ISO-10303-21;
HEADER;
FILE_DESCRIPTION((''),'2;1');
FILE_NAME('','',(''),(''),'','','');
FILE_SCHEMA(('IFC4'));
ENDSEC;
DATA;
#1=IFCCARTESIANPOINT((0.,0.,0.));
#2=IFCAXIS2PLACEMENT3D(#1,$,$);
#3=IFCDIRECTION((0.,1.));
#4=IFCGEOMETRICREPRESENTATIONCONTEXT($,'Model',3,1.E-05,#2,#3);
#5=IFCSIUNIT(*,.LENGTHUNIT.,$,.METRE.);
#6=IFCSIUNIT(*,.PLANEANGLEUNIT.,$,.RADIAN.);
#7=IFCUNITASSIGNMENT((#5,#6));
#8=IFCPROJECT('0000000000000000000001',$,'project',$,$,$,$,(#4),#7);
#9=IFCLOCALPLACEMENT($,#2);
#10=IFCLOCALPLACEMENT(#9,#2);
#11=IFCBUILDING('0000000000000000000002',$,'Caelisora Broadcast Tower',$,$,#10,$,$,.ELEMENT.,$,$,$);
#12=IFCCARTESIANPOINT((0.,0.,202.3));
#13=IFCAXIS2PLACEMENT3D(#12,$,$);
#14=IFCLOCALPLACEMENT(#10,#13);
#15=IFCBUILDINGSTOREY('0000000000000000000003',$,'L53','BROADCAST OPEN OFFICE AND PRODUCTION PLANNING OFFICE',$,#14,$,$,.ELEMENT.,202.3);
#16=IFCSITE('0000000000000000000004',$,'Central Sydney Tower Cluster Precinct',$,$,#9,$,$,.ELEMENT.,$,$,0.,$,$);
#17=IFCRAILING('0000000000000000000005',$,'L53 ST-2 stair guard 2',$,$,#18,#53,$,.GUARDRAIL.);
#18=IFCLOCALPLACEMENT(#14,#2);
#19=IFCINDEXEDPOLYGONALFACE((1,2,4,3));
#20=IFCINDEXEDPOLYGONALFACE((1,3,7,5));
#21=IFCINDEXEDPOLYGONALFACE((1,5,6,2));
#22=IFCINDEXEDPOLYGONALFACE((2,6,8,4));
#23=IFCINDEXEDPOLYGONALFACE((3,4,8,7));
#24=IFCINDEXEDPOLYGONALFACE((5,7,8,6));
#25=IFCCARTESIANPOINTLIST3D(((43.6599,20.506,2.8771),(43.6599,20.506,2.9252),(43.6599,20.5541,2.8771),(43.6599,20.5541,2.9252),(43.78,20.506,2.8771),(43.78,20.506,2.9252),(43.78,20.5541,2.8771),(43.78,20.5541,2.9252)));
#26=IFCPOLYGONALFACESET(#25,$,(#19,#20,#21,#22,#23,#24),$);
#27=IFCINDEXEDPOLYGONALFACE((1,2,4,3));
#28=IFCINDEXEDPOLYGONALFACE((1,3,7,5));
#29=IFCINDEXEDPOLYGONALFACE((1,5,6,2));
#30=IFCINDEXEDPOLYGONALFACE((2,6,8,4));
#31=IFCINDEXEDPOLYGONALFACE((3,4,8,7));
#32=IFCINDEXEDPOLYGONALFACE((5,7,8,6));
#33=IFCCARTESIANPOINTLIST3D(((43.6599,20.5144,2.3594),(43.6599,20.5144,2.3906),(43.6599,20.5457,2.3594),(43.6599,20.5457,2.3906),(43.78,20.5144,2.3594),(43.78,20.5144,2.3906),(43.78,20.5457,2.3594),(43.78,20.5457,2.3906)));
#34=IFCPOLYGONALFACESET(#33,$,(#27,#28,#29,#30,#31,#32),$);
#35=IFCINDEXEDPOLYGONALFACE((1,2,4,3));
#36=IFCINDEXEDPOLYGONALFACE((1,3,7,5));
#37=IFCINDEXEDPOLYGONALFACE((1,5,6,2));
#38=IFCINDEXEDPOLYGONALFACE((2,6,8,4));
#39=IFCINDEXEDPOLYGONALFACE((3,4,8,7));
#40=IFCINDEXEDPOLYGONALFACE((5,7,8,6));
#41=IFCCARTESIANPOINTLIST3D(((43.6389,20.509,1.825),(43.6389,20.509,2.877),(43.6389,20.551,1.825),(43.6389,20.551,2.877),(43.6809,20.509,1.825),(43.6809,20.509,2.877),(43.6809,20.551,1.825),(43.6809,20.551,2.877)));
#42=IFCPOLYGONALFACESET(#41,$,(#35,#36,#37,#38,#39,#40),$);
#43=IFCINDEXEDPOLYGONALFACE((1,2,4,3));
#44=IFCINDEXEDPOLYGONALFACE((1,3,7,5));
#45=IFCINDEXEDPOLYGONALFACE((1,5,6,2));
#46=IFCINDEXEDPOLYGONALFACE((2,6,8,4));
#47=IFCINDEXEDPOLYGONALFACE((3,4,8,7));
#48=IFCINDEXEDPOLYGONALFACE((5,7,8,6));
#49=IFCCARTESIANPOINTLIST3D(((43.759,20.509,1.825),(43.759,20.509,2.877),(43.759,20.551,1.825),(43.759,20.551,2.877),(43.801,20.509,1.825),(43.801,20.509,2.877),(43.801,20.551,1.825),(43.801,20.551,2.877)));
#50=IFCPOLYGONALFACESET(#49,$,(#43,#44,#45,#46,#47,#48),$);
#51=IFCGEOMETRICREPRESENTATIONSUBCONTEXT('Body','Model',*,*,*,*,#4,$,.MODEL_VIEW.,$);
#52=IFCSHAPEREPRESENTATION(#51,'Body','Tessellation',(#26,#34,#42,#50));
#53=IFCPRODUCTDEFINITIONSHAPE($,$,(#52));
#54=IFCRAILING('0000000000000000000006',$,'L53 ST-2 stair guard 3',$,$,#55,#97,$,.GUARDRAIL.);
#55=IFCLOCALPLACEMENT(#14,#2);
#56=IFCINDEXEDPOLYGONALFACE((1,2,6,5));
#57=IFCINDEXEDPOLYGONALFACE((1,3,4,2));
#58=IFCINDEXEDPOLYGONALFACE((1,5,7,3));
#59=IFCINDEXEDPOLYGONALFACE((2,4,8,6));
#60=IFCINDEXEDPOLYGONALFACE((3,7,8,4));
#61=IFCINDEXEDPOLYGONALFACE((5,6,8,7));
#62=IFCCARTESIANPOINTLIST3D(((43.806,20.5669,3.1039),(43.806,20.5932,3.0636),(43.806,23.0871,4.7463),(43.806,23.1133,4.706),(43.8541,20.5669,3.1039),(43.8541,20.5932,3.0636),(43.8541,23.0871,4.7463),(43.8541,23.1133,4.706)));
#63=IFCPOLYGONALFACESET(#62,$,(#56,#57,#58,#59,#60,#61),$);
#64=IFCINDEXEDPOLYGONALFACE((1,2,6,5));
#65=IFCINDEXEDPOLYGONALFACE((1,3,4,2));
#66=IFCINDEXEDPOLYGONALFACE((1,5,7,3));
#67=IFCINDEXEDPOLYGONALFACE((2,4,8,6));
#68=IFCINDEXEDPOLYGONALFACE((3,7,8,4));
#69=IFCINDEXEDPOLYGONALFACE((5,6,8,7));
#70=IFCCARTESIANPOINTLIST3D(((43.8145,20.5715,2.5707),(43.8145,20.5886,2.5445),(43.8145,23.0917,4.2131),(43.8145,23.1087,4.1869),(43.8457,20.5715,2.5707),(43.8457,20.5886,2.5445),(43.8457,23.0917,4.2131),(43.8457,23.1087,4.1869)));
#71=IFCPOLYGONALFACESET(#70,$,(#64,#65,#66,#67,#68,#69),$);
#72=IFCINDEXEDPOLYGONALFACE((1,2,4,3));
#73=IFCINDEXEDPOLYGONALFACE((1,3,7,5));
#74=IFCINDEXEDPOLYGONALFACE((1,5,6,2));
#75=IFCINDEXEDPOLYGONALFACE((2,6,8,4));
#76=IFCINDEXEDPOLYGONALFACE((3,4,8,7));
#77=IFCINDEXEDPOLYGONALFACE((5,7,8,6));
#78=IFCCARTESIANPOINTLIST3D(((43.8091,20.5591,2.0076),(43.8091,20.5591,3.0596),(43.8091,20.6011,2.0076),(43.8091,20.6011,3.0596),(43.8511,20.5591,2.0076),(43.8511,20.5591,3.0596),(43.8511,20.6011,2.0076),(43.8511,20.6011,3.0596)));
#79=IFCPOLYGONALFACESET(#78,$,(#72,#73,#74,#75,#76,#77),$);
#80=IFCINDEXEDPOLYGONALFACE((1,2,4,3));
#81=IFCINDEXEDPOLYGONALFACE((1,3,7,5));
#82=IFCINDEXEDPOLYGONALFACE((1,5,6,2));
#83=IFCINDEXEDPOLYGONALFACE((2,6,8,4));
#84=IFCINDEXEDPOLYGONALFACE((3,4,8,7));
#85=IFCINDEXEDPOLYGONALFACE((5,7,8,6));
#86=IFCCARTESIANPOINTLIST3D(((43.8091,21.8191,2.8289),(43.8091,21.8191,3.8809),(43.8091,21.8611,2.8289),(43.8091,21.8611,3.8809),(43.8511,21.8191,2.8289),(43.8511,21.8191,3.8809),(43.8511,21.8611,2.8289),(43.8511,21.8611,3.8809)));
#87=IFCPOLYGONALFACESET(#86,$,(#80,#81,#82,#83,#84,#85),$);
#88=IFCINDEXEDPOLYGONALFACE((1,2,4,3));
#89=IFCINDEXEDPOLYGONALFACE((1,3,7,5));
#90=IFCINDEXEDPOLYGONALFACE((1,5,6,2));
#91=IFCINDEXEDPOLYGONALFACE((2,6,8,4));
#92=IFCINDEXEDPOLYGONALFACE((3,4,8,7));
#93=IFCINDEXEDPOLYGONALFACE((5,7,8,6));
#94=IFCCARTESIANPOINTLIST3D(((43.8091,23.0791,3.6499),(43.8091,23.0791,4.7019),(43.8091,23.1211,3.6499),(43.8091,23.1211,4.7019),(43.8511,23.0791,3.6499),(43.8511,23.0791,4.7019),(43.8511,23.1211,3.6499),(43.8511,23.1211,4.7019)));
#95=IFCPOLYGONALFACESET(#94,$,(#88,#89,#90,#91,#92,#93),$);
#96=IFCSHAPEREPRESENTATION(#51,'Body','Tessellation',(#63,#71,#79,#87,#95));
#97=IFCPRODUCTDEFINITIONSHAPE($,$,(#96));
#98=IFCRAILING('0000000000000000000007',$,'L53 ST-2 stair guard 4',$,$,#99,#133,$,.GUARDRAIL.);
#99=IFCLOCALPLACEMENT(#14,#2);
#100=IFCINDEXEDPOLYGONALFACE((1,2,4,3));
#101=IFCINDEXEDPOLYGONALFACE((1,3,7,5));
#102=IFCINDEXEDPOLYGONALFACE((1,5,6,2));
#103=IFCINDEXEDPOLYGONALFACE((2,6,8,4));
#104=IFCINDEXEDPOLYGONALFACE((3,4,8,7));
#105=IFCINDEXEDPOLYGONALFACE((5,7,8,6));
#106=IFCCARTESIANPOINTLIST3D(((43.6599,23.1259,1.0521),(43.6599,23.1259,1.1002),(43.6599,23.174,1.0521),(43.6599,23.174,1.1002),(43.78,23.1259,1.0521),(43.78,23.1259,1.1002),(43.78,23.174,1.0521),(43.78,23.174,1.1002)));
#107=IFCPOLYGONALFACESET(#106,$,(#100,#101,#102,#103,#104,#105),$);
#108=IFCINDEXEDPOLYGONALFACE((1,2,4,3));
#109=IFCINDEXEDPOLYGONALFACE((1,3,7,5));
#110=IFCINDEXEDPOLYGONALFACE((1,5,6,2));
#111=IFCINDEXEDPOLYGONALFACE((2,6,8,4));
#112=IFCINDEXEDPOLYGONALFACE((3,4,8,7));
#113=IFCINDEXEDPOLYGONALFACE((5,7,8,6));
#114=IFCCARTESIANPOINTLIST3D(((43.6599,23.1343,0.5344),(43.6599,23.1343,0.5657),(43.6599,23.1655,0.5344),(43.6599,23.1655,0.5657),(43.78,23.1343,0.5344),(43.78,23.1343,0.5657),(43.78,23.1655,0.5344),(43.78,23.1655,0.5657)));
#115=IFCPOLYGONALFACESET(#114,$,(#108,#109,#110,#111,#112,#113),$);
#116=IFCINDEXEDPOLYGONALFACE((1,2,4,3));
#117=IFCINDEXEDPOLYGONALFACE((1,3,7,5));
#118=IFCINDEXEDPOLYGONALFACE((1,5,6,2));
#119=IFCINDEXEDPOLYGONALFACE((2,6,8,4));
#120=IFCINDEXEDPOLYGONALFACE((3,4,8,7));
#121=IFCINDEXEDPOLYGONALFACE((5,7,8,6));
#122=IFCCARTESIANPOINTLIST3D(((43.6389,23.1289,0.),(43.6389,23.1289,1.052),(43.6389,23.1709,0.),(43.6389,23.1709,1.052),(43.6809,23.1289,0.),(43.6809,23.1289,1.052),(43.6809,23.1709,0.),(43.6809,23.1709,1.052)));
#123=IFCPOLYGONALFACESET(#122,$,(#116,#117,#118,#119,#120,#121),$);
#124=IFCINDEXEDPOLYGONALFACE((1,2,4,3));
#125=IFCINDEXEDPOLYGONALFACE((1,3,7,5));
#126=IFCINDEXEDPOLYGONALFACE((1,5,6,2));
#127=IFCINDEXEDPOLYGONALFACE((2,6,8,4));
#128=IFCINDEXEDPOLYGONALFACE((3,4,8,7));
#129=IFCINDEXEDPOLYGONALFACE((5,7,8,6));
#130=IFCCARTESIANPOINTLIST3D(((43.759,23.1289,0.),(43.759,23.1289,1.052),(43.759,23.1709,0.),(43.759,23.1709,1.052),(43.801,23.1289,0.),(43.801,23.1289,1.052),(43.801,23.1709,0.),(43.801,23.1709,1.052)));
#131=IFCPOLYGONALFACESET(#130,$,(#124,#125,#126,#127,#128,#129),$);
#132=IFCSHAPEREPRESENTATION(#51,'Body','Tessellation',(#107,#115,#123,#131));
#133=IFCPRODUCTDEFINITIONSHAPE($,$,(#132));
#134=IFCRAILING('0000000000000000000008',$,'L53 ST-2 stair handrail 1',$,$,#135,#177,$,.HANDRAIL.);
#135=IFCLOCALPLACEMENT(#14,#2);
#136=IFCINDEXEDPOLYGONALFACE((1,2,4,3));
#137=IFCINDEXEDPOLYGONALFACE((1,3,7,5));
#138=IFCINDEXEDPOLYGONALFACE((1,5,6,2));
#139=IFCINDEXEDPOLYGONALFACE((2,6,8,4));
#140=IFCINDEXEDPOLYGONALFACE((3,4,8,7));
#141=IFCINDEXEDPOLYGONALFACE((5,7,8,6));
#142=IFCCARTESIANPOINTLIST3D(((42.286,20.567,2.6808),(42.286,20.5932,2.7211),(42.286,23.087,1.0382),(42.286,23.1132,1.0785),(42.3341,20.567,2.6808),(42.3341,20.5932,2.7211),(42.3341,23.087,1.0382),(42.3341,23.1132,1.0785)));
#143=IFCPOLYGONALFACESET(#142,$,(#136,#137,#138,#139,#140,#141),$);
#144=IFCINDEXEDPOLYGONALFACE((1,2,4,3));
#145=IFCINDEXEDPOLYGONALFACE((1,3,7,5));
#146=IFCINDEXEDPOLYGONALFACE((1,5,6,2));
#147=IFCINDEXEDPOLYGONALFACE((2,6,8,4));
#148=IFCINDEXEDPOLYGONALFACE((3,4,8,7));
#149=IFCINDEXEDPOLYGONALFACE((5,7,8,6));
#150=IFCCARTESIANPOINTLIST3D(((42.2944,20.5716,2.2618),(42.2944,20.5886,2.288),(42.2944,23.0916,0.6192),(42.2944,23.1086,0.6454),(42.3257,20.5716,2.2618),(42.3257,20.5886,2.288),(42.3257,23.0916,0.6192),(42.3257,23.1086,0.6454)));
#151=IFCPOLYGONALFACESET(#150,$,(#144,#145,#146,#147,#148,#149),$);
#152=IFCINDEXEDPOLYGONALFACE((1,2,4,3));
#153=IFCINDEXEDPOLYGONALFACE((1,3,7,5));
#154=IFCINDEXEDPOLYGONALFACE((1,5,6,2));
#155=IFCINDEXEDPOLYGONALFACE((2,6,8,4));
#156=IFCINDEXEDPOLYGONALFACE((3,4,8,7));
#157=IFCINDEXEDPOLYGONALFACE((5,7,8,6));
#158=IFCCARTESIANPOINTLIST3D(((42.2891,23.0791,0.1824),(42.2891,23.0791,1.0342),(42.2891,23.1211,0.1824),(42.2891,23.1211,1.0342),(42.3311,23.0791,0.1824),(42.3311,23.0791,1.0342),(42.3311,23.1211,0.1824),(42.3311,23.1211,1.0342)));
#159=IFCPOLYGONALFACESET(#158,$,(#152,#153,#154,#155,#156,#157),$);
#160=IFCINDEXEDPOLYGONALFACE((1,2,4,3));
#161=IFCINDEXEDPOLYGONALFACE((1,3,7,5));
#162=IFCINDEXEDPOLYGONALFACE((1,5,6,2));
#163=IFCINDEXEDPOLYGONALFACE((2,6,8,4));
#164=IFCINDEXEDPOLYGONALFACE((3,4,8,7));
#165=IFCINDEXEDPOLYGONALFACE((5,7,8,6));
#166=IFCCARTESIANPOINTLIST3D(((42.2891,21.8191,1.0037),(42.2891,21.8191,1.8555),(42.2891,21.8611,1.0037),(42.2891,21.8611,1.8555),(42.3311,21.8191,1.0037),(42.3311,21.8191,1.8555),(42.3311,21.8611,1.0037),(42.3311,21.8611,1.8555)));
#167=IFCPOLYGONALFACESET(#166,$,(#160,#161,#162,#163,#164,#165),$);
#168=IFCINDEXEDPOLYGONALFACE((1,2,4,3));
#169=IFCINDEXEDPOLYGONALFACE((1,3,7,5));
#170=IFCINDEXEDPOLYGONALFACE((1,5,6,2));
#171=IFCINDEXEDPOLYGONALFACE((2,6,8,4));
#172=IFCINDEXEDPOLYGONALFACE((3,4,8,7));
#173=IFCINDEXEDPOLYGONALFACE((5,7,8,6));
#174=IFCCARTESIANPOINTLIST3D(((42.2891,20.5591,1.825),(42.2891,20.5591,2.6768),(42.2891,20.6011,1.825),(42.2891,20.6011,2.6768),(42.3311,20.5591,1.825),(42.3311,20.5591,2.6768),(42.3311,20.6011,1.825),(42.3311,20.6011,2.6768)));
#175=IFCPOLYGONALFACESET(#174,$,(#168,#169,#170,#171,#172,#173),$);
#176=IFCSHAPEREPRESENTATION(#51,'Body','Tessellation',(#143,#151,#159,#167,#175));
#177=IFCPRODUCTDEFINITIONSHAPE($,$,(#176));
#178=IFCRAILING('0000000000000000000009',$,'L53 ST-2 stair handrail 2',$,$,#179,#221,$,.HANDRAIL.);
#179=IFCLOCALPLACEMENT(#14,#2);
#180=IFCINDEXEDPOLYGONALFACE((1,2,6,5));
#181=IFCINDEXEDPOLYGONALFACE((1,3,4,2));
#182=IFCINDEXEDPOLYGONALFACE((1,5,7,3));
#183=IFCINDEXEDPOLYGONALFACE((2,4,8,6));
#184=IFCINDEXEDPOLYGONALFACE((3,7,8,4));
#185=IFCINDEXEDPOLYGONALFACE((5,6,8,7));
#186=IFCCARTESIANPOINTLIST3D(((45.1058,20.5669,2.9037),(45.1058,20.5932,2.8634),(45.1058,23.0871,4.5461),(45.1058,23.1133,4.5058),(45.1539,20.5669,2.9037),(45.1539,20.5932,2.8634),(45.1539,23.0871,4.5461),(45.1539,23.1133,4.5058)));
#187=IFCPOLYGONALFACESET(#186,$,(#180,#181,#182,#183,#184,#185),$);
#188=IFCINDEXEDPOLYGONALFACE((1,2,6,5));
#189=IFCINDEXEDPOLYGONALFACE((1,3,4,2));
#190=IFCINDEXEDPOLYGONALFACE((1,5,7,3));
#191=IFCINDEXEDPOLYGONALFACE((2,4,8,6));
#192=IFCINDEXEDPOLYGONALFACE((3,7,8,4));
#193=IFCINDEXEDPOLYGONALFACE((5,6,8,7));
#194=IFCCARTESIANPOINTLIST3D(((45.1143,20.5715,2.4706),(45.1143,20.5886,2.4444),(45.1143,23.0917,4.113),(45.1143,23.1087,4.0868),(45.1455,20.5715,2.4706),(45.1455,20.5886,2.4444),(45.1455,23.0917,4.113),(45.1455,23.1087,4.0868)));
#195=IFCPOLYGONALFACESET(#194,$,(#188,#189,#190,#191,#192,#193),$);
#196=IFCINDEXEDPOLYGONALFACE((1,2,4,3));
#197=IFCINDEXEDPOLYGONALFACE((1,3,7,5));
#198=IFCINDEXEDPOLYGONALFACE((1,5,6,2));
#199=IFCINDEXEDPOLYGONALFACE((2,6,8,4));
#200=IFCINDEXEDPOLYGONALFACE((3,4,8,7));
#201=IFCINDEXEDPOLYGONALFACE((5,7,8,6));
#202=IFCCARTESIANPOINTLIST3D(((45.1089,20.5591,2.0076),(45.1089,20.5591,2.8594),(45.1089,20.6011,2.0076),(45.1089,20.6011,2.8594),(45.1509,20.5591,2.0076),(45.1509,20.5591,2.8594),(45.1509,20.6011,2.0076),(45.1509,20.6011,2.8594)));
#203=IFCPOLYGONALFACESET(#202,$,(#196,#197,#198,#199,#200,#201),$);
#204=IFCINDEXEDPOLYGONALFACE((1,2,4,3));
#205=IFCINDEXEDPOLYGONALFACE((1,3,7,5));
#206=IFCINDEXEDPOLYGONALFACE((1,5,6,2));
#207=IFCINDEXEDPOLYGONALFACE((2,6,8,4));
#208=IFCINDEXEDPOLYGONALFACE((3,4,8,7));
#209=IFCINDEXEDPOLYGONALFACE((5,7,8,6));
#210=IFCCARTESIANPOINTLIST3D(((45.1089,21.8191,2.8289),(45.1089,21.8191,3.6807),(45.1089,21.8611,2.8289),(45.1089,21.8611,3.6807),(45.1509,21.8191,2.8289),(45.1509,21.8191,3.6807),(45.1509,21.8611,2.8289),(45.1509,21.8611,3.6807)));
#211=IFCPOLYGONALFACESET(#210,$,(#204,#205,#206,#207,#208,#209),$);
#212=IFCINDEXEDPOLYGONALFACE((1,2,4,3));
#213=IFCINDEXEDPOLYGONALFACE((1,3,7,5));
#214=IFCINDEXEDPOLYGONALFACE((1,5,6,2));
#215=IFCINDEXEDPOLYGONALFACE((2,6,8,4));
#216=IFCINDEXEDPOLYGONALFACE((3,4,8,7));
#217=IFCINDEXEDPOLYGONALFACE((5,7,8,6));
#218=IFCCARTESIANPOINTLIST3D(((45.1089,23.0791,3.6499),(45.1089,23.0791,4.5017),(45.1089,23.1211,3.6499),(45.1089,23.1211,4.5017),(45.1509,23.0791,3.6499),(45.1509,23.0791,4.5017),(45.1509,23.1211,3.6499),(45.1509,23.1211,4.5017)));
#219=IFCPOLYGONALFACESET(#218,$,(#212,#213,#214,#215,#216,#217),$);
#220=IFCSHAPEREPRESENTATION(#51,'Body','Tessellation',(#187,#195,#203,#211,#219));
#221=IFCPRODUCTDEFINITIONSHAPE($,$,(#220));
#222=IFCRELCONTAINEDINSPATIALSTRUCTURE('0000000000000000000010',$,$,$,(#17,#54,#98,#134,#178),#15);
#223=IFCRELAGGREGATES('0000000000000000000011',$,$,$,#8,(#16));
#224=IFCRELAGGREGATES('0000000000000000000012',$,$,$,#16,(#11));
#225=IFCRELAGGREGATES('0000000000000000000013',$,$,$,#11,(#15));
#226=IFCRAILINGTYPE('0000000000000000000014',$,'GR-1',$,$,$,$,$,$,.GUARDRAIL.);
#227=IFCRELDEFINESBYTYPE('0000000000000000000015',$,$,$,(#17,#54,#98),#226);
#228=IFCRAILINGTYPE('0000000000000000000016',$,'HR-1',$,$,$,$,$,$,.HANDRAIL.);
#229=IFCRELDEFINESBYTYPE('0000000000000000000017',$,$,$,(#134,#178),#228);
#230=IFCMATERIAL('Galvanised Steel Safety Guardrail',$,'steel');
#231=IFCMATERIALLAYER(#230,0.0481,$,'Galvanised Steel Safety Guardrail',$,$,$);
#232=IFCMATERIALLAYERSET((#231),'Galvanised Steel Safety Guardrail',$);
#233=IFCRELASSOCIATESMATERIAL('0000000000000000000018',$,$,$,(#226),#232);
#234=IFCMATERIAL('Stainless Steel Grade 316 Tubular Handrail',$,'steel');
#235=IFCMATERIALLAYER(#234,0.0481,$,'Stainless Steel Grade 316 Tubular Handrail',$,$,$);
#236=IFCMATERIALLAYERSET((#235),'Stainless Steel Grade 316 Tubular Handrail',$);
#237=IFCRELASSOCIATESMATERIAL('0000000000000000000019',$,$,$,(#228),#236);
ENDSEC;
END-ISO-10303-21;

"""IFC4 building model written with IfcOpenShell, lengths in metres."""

from ifc_helpers import new_model, si_unit, direction, frame, origin, origin_2d, place, context, subcontext, project, spatial, rectangle, extrude, material, layer, layer_set, type_object, element, save


model = new_model("IFC4")

# Units and contexts
model_context = context("Model", 3, precision=1e-05, world=origin(), true_north=direction((0.0, 1.0)))
body_context = subcontext(model_context, "Body", "Model", "MODEL_VIEW")
ifc_project = project(units=[si_unit("LENGTHUNIT", "METRE"), si_unit("PLANEANGLEUNIT", "RADIAN")], contexts=[model_context])

# Site, building, storey
site_placement = place(None, origin())
site = spatial("IfcSite", under=ifc_project, at=site_placement, Name="Central Sydney Tower Cluster Precinct", CompositionType="ELEMENT", RefElevation=0.0)
building_placement = place(site_placement, origin())
building = spatial("IfcBuilding", under=site, at=building_placement, Name="Caelisora Broadcast Tower", CompositionType="ELEMENT")
storey_placement = place(building_placement, frame((0.0, 0.0, 202.3)))
storey = spatial("IfcBuildingStorey", under=building, at=storey_placement, Name="L53", Description="BROADCAST OPEN OFFICE AND PRODUCTION PLANNING OFFICE", CompositionType="ELEMENT", Elevation=202.3)

# Railings
ifc_material_1 = material(Name="Galvanised Steel Safety Guardrail", Category="steel")
ifc_layer_1 = layer(ifc_material_1, 0.0481, Name="Galvanised Steel Safety Guardrail")
ifc_layer_set_1 = layer_set([ifc_layer_1], Name="Galvanised Steel Safety Guardrail")
railing_type_1 = type_object("IfcRailingType", Name="GR-1", PredefinedType="GUARDRAIL", material=ifc_layer_set_1)
railing_1_placement = place(storey_placement, frame((43.6599, 20.53, 1.825)))
element("IfcRailing", 1, at=railing_1_placement, inside=storey, type_object=railing_type_1, Name="L53 ST-2 stair guard 2", PredefinedType="GUARDRAIL", context=body_context, shape_type="SweptSolid", body=[
    extrude(rectangle(XDim=0.0481, YDim=0.0481, at=origin_2d()), frame((0.0, 0.0, 1.0762), z_axis=(1.0, 0.0, 0.0), x_axis=(0.0, 1.0, 0.0)), (0.0, 0.0, 1.0), 0.1201),
    extrude(rectangle(XDim=0.0312, YDim=0.0312, at=origin_2d()), frame((0.0, 0.0, 0.55), z_axis=(1.0, 0.0, 0.0), x_axis=(0.0, 1.0, 0.0)), (0.0, 0.0, 1.0), 0.1201),
    extrude(rectangle(XDim=0.042, YDim=0.042, at=origin_2d()), origin(), (0.0, 0.0, 1.0), 1.052),
    extrude(rectangle(XDim=0.042, YDim=0.042, at=origin_2d()), frame((0.1201, 0.0, 0.0)), (0.0, 0.0, 1.0), 1.052),
])
railing_2_placement = place(storey_placement, frame((43.8301, 20.5801, 2.0076)))
element("IfcRailing", 2, at=railing_2_placement, inside=storey, type_object=railing_type_1, Name="L53 ST-2 stair guard 3", PredefinedType="GUARDRAIL", context=body_context, shape_type="SweptSolid", body=[
    extrude(rectangle(XDim=0.0481, YDim=0.0481, at=origin_2d()), frame((0.0, 0.0, 1.0762), z_axis=(0.0, 0.837787, 0.545998), x_axis=(-1.0, 0.0, 0.0)), (0.0, 0.0, 1.0), 3.0081),
    extrude(rectangle(XDim=0.0312, YDim=0.0312, at=origin_2d()), frame((0.0, 0.0, 0.55), z_axis=(0.0, 0.837787, 0.545998), x_axis=(-1.0, 0.0, 0.0)), (0.0, 0.0, 1.0), 3.0081),
    extrude(rectangle(XDim=0.042, YDim=0.042, at=origin_2d()), origin(), (0.0, 0.0, 1.0), 1.052),
    extrude(rectangle(XDim=0.042, YDim=0.042, at=origin_2d()), frame((0.0, 1.26, 0.8213)), (0.0, 0.0, 1.0), 1.052),
    extrude(rectangle(XDim=0.042, YDim=0.042, at=origin_2d()), frame((0.0, 2.52, 1.6423)), (0.0, 0.0, 1.0), 1.052),
])
railing_3_placement = place(storey_placement, frame((43.6599, 23.1499, 0.0)))
element("IfcRailing", 3, at=railing_3_placement, inside=storey, type_object=railing_type_1, Name="L53 ST-2 stair guard 4", PredefinedType="GUARDRAIL", context=body_context, shape_type="SweptSolid", body=[
    extrude(rectangle(XDim=0.0481, YDim=0.0481, at=origin_2d()), frame((0.0, 0.0, 1.0762), z_axis=(1.0, 0.0, 0.0), x_axis=(0.0, 1.0, 0.0)), (0.0, 0.0, 1.0), 0.1201),
    extrude(rectangle(XDim=0.0312, YDim=0.0312, at=origin_2d()), frame((0.0, 0.0, 0.55), z_axis=(1.0, 0.0, 0.0), x_axis=(0.0, 1.0, 0.0)), (0.0, 0.0, 1.0), 0.1201),
    extrude(rectangle(XDim=0.042, YDim=0.042, at=origin_2d()), origin(), (0.0, 0.0, 1.0), 1.052),
    extrude(rectangle(XDim=0.042, YDim=0.042, at=origin_2d()), frame((0.1201, 0.0, 0.0)), (0.0, 0.0, 1.0), 1.052),
])
ifc_material_2 = material(Name="Stainless Steel Grade 316 Tubular Handrail", Category="steel")
ifc_layer_2 = layer(ifc_material_2, 0.0481, Name="Stainless Steel Grade 316 Tubular Handrail")
ifc_layer_set_2 = layer_set([ifc_layer_2], Name="Stainless Steel Grade 316 Tubular Handrail")
railing_type_2 = type_object("IfcRailingType", Name="HR-1", PredefinedType="HANDRAIL", material=ifc_layer_set_2)
railing_4_placement = place(storey_placement, frame((42.3101, 23.1001, 0.1824)))
element("IfcRailing", 4, at=railing_4_placement, inside=storey, type_object=railing_type_2, Name="L53 ST-2 stair handrail 1", PredefinedType="HANDRAIL", context=body_context, shape_type="SweptSolid", body=[
    extrude(rectangle(XDim=0.0481, YDim=0.0481, at=origin_2d()), frame((0.0, 0.0, 0.876), z_axis=(0.0, -0.837749, 0.546055), x_axis=(1.0, 0.0, 0.0)), (0.0, 0.0, 1.0), 3.0081),
    extrude(rectangle(XDim=0.0312, YDim=0.0312, at=origin_2d()), frame((0.0, 0.0, 0.45), z_axis=(0.0, -0.837749, 0.546055), x_axis=(1.0, 0.0, 0.0)), (0.0, 0.0, 1.0), 3.0081),
    extrude(rectangle(XDim=0.042, YDim=0.042, at=origin_2d()), origin(), (0.0, 0.0, 1.0), 0.8518),
    extrude(rectangle(XDim=0.042, YDim=0.042, at=origin_2d()), frame((0.0, -1.26, 0.8213)), (0.0, 0.0, 1.0), 0.8518),
    extrude(rectangle(XDim=0.042, YDim=0.042, at=origin_2d()), frame((0.0, -2.52, 1.6426)), (0.0, 0.0, 1.0), 0.8518),
])
railing_5_placement = place(storey_placement, frame((45.1299, 20.5801, 2.0076)))
element("IfcRailing", 5, at=railing_5_placement, inside=storey, type_object=railing_type_2, Name="L53 ST-2 stair handrail 2", PredefinedType="HANDRAIL", context=body_context, shape_type="SweptSolid", body=[
    extrude(rectangle(XDim=0.0481, YDim=0.0481, at=origin_2d()), frame((0.0, 0.0, 0.876), z_axis=(0.0, 0.837787, 0.545998), x_axis=(-1.0, 0.0, 0.0)), (0.0, 0.0, 1.0), 3.0081),
    extrude(rectangle(XDim=0.0312, YDim=0.0312, at=origin_2d()), frame((0.0, 0.0, 0.45), z_axis=(0.0, 0.837787, 0.545998), x_axis=(-1.0, 0.0, 0.0)), (0.0, 0.0, 1.0), 3.0081),
    extrude(rectangle(XDim=0.042, YDim=0.042, at=origin_2d()), origin(), (0.0, 0.0, 1.0), 0.8518),
    extrude(rectangle(XDim=0.042, YDim=0.042, at=origin_2d()), frame((0.0, 1.26, 0.8213)), (0.0, 0.0, 1.0), 0.8518),
    extrude(rectangle(XDim=0.042, YDim=0.042, at=origin_2d()), frame((0.0, 2.52, 1.6423)), (0.0, 0.0, 1.0), 0.8518),
])

save(model, "model.ifc")
